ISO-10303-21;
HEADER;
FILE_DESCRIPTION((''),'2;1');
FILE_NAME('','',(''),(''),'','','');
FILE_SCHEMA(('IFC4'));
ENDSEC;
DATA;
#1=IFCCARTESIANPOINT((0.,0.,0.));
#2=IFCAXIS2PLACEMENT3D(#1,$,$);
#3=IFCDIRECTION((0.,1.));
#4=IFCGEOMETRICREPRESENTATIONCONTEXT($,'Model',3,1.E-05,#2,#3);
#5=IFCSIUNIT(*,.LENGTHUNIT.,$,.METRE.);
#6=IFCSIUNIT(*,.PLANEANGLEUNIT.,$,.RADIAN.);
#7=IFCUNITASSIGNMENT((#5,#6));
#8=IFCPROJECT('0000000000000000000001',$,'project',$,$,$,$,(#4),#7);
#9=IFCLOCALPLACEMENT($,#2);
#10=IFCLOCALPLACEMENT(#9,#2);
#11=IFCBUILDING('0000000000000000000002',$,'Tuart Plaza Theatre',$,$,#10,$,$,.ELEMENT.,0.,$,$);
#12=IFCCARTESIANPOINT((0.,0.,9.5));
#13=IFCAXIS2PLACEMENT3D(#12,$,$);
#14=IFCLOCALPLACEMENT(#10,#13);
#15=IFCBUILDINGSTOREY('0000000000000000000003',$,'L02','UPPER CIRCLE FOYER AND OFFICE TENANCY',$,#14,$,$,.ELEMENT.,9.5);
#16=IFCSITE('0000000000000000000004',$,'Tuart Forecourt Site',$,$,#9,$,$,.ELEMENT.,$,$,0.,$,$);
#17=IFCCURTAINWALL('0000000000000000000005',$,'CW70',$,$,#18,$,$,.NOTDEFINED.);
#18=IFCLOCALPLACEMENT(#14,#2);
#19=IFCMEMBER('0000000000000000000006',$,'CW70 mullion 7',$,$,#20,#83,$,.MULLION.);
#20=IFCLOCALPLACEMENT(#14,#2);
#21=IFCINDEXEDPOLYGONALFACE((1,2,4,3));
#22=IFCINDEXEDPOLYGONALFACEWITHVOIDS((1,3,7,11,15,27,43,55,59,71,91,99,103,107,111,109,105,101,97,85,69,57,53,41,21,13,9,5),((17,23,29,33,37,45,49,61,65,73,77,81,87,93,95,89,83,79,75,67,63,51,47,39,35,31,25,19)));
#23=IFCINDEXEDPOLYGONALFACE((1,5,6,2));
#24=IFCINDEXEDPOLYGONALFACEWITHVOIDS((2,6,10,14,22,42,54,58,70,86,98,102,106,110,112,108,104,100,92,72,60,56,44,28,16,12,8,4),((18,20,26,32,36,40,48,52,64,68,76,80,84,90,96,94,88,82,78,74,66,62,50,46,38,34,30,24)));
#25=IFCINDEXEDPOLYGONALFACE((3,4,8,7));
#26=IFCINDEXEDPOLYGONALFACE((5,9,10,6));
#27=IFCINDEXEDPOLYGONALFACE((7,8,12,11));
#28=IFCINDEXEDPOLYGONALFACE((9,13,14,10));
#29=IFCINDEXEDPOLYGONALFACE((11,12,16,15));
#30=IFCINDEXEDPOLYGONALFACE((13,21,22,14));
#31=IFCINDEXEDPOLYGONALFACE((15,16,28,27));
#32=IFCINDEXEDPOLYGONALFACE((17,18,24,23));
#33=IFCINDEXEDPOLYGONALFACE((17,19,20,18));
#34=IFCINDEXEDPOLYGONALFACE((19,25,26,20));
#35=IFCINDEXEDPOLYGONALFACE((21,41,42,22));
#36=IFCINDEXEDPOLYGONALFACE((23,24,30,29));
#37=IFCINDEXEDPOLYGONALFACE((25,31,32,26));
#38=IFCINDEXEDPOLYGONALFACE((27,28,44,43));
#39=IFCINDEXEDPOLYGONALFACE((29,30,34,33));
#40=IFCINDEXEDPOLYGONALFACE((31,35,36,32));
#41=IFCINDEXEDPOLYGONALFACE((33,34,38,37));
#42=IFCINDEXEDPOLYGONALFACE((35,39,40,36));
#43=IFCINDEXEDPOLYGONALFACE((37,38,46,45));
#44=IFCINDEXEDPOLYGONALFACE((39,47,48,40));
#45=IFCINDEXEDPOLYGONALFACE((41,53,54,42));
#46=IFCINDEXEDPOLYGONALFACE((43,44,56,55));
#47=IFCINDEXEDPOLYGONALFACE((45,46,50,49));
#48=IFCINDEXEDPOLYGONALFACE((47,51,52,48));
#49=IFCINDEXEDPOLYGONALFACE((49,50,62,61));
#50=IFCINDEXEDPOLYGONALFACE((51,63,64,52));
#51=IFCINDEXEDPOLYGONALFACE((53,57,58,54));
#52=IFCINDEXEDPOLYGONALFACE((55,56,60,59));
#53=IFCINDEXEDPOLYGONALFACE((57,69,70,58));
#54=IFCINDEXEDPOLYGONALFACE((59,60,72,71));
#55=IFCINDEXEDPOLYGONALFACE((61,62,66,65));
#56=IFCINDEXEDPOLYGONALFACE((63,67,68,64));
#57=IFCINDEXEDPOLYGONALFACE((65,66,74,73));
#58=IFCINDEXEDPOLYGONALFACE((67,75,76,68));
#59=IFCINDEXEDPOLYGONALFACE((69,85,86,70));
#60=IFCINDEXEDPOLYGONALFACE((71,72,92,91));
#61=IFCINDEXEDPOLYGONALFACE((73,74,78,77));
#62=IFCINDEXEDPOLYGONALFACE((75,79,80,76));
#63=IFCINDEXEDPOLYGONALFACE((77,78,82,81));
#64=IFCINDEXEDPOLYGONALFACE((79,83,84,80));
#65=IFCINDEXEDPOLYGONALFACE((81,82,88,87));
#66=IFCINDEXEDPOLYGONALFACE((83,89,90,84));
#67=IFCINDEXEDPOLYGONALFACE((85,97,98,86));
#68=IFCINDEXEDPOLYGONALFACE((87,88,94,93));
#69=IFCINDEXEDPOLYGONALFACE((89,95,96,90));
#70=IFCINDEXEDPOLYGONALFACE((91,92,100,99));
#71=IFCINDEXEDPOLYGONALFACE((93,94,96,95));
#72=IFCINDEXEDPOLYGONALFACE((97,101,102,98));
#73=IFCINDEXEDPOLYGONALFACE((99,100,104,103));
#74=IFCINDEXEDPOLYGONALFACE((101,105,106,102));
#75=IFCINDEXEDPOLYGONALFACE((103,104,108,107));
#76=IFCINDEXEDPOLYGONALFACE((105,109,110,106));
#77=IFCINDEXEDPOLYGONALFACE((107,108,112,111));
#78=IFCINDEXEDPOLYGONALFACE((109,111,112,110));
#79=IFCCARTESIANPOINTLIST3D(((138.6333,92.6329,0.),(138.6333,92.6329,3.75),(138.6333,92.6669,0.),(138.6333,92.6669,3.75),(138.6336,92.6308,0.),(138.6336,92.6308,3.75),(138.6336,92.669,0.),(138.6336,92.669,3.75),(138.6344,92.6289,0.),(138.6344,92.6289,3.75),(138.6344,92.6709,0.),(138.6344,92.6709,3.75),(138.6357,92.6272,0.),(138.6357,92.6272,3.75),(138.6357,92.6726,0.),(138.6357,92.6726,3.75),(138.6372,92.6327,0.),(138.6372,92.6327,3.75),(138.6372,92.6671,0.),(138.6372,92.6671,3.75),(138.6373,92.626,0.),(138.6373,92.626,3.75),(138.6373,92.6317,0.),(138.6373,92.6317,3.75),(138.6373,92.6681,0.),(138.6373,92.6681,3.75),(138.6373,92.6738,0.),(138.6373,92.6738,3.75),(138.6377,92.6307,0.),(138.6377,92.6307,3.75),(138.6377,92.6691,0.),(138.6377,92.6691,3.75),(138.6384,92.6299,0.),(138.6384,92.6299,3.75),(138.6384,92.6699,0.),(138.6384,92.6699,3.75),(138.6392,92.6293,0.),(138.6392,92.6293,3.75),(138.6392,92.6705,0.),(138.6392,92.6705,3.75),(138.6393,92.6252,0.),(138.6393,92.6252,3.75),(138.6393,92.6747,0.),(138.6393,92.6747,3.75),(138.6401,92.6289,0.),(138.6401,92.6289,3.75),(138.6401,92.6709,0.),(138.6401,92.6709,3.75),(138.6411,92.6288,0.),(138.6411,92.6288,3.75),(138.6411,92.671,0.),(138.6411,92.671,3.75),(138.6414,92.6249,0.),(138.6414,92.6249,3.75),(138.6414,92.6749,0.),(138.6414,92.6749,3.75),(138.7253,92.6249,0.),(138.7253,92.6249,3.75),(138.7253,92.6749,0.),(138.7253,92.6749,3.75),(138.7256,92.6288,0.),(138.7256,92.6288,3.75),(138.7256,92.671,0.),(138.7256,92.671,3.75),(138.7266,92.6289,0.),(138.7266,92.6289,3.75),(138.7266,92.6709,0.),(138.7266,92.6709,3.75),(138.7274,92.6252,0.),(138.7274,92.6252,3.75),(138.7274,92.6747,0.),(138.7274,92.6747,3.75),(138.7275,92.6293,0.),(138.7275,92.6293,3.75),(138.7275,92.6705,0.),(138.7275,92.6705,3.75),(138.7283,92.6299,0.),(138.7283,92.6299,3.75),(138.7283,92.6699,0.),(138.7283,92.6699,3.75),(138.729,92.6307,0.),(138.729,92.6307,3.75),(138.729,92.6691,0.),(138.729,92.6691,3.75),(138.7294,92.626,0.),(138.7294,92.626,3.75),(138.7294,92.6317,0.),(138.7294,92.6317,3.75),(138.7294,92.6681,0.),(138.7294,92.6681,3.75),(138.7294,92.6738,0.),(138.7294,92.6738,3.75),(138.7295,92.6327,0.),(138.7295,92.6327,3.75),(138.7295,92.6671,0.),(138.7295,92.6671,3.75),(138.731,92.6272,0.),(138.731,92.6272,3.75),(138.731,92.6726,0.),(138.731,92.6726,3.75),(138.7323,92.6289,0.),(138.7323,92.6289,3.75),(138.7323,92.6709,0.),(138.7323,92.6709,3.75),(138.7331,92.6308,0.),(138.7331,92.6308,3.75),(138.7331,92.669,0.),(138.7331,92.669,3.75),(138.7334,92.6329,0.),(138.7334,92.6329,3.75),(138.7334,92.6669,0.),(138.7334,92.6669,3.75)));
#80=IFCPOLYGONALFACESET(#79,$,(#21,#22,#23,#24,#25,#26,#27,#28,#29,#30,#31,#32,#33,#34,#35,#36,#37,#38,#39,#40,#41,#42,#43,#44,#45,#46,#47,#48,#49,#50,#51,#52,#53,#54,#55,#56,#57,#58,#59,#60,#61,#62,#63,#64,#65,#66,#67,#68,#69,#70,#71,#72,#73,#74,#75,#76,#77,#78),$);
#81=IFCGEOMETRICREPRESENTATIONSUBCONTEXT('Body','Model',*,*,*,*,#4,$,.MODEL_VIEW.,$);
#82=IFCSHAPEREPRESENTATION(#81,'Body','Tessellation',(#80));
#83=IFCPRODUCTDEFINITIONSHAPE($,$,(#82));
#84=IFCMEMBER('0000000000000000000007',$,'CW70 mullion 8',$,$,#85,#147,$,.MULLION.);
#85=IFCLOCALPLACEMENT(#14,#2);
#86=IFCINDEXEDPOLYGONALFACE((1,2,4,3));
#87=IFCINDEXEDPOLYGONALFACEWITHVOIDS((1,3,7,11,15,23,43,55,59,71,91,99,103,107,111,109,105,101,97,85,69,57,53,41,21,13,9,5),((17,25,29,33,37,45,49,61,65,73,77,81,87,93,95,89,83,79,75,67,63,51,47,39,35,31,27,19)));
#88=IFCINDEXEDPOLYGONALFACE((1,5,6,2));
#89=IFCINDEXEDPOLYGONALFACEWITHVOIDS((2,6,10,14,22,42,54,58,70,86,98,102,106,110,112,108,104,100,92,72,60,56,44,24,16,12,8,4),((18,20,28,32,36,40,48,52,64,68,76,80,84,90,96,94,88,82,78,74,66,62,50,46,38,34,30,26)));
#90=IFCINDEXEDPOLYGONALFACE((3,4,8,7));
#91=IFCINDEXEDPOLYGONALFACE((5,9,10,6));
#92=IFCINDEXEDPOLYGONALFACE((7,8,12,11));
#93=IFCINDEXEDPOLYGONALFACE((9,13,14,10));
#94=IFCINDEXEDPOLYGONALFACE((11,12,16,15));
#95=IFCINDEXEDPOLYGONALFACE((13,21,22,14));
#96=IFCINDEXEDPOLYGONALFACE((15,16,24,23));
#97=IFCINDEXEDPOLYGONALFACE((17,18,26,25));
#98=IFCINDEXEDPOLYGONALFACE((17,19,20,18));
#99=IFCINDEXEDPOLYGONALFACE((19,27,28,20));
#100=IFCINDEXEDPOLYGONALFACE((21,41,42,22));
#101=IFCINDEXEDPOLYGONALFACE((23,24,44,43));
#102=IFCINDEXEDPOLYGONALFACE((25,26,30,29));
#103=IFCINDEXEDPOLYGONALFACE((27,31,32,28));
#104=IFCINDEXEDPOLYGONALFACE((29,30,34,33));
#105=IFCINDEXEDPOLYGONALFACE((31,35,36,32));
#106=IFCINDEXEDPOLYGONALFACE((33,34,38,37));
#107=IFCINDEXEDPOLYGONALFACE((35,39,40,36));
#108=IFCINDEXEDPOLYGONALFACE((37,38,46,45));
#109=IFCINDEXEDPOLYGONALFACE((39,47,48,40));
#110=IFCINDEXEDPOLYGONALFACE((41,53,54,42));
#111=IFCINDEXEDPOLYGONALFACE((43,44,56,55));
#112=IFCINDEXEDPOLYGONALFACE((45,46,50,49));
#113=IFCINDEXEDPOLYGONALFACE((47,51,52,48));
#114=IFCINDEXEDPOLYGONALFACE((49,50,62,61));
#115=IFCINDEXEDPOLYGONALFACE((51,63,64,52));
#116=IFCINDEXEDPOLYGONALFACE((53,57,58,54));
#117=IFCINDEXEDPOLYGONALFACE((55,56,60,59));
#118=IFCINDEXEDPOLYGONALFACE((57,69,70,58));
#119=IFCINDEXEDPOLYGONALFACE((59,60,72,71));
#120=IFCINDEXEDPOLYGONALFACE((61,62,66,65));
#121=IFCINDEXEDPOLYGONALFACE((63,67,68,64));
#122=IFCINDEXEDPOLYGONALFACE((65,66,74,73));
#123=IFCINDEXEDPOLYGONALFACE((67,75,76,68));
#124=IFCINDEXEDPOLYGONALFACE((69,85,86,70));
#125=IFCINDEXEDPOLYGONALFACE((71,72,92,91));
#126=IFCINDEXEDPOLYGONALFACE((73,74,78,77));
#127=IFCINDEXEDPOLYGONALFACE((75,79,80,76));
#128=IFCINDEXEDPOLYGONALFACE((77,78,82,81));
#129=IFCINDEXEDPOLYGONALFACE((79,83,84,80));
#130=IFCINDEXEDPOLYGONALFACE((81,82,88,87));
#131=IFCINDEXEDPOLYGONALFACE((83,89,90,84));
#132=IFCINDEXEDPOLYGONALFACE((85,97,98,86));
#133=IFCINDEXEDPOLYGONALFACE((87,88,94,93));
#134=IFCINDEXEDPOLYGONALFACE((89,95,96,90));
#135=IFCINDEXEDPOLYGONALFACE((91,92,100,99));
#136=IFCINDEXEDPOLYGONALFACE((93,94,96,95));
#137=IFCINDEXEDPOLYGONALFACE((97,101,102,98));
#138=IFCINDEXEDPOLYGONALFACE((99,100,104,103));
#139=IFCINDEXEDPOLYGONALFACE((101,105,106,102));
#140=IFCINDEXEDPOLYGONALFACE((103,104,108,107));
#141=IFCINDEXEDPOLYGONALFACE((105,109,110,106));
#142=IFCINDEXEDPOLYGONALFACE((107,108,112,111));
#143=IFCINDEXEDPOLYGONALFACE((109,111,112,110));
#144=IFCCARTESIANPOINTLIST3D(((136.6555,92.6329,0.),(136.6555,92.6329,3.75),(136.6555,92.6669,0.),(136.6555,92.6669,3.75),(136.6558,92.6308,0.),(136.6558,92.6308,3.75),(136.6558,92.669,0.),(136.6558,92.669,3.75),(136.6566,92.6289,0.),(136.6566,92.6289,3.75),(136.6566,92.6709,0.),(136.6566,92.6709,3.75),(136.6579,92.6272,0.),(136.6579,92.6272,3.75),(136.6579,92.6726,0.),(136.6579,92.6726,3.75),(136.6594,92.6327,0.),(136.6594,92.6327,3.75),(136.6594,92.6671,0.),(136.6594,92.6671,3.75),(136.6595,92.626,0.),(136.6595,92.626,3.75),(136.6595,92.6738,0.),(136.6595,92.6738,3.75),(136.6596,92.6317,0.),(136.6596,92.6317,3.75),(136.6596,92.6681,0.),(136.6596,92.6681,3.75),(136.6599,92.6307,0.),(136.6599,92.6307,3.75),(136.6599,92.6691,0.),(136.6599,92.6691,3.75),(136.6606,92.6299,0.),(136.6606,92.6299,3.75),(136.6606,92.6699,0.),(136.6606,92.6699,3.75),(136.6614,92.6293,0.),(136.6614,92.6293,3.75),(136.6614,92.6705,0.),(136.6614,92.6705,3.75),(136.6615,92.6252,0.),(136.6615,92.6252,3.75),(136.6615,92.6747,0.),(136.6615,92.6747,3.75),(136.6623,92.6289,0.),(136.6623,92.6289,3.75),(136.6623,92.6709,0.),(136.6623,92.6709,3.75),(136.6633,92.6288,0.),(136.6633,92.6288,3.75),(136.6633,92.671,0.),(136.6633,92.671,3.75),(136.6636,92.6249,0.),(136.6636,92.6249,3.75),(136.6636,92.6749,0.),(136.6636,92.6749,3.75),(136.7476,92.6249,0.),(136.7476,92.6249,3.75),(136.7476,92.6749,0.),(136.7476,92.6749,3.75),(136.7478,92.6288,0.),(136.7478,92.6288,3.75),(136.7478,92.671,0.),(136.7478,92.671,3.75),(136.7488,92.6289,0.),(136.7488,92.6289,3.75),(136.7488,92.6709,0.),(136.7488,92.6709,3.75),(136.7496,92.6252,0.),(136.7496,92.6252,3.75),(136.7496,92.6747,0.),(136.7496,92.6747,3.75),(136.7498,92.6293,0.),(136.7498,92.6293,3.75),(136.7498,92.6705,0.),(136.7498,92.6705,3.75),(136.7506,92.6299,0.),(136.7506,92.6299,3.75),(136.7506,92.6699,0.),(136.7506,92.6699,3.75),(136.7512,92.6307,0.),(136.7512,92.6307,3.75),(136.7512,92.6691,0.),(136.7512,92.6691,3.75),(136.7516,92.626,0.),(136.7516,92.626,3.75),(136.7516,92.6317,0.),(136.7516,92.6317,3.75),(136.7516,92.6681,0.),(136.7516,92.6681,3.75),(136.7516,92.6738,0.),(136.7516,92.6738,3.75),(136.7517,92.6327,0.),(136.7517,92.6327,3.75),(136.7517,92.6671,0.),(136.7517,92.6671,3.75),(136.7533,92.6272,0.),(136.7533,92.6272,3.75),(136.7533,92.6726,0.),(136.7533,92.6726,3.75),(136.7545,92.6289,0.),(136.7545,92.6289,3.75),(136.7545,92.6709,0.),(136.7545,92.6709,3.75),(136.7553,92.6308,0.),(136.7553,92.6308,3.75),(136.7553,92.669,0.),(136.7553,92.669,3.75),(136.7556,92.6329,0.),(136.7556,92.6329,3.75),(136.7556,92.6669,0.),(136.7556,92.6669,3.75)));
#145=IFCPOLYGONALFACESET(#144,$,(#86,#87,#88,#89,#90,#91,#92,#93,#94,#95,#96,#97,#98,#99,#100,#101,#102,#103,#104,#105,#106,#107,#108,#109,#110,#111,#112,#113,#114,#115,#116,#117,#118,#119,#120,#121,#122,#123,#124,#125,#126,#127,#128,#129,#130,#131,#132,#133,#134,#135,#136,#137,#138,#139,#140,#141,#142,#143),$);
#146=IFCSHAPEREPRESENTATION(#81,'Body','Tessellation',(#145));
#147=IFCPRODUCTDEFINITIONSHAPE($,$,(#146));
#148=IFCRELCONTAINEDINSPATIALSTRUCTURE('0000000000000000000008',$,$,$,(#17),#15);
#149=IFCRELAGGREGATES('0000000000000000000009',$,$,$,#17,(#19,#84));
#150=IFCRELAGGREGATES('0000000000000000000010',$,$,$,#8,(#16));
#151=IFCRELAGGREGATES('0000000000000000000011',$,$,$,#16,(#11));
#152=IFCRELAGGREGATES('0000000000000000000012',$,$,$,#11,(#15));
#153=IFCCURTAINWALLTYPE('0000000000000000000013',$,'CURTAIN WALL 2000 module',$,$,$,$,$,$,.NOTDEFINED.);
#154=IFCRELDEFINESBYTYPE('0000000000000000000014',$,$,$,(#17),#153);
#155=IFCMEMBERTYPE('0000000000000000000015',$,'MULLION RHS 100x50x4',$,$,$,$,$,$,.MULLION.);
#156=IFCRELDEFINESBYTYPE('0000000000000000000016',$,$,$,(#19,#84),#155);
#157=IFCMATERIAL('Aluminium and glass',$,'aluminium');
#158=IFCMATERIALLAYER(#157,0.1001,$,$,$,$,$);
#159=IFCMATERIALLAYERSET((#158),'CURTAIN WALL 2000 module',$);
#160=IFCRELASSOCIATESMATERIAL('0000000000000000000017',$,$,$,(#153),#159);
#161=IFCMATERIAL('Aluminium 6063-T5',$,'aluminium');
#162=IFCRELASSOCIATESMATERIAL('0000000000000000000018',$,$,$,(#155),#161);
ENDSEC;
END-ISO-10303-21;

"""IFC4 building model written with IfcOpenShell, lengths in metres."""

from ifc_helpers import new_model, si_unit, direction, frame, origin, origin_2d, place, context, subcontext, project, spatial, hollow_rectangle, extrude, material, layer, layer_set, material_profile, profile_set, type_object, element, aggregate, save


model = new_model("IFC4")

# Units and contexts
model_context = context("Model", 3, precision=1e-05, world=origin(), true_north=direction((0.0, 1.0)))
body_context = subcontext(model_context, "Body", "Model", "MODEL_VIEW")
ifc_project = project(units=[si_unit("LENGTHUNIT", "METRE"), si_unit("PLANEANGLEUNIT", "RADIAN")], contexts=[model_context])

# Site, building, storey
site_placement = place(None, origin())
site = spatial("IfcSite", under=ifc_project, at=site_placement, Name="Tuart Forecourt Site", CompositionType="ELEMENT", RefElevation=0.0)
building_placement = place(site_placement, origin())
building = spatial("IfcBuilding", under=site, at=building_placement, Name="Tuart Plaza Theatre", CompositionType="ELEMENT", ElevationOfRefHeight=0.0)
storey_placement = place(building_placement, frame((0.0, 0.0, 9.5)))
storey = spatial("IfcBuildingStorey", under=building, at=storey_placement, Name="L02", Description="UPPER CIRCLE FOYER AND OFFICE TENANCY", CompositionType="ELEMENT", Elevation=9.5)

# Curtain wall, members
ifc_material_1 = material(Name="Aluminium and glass", Category="aluminium")
ifc_layer_1 = layer(ifc_material_1, 0.1001)
ifc_layer_set_1 = layer_set([ifc_layer_1], Name="CURTAIN WALL 2000 module")
curtain_wall_type = type_object("IfcCurtainWallType", Name="CURTAIN WALL 2000 module", PredefinedType="NOTDEFINED", material=ifc_layer_set_1)
curtain_wall_1_placement = place(storey_placement, origin())
curtain_wall_1 = element("IfcCurtainWall", 1, at=curtain_wall_1_placement, inside=storey, type_object=curtain_wall_type, Name="CW70", PredefinedType="NOTDEFINED")
ifc_material_2 = material(Name="Aluminium 6063-T5", Category="aluminium")
ifc_material_profile_1 = material_profile(ifc_material_2, hollow_rectangle(XDim=0.05, YDim=0.1001, WallThickness=0.0039, InnerFilletRadius=0.0039, OuterFilletRadius=0.0081, at=origin_2d()), Name="RHS 100x50x4")
ifc_profile_set_1 = profile_set([ifc_material_profile_1], Name="Aluminium 6063-T5")
member_type_1 = type_object("IfcMemberType", Name="MULLION RHS 100x50x4", PredefinedType="MULLION", material=ifc_profile_set_1)
member_1_placement = place(storey_placement, frame((138.6833, 92.6499, 0.0), z_axis=(0.0, 0.0, 1.0), x_axis=(0.0, -1.0, 0.0)))
member_1 = element("IfcMember", 2, at=member_1_placement, type_object=member_type_1, Name="CW70 mullion 7", PredefinedType="MULLION", context=body_context, shape_type="SweptSolid", body=[
    extrude(hollow_rectangle(XDim=0.05, YDim=0.1001, WallThickness=0.0039, InnerFilletRadius=0.0039, OuterFilletRadius=0.0081, at=origin_2d()), origin(), (0.0, 0.0, 1.0), 3.75),
])
member_2_placement = place(storey_placement, frame((136.7056, 92.6499, 0.0), z_axis=(0.0, 0.0, 1.0), x_axis=(0.0, -1.0, 0.0)))
member_2 = element("IfcMember", 3, at=member_2_placement, type_object=member_type_1, Name="CW70 mullion 8", PredefinedType="MULLION", context=body_context, shape_type="SweptSolid", body=[
    extrude(hollow_rectangle(XDim=0.05, YDim=0.1001, WallThickness=0.0039, InnerFilletRadius=0.0039, OuterFilletRadius=0.0081, at=origin_2d()), origin(), (0.0, 0.0, 1.0), 3.75),
])

aggregate(curtain_wall_1, [member_1, member_2])

save(model, "model.ifc")
